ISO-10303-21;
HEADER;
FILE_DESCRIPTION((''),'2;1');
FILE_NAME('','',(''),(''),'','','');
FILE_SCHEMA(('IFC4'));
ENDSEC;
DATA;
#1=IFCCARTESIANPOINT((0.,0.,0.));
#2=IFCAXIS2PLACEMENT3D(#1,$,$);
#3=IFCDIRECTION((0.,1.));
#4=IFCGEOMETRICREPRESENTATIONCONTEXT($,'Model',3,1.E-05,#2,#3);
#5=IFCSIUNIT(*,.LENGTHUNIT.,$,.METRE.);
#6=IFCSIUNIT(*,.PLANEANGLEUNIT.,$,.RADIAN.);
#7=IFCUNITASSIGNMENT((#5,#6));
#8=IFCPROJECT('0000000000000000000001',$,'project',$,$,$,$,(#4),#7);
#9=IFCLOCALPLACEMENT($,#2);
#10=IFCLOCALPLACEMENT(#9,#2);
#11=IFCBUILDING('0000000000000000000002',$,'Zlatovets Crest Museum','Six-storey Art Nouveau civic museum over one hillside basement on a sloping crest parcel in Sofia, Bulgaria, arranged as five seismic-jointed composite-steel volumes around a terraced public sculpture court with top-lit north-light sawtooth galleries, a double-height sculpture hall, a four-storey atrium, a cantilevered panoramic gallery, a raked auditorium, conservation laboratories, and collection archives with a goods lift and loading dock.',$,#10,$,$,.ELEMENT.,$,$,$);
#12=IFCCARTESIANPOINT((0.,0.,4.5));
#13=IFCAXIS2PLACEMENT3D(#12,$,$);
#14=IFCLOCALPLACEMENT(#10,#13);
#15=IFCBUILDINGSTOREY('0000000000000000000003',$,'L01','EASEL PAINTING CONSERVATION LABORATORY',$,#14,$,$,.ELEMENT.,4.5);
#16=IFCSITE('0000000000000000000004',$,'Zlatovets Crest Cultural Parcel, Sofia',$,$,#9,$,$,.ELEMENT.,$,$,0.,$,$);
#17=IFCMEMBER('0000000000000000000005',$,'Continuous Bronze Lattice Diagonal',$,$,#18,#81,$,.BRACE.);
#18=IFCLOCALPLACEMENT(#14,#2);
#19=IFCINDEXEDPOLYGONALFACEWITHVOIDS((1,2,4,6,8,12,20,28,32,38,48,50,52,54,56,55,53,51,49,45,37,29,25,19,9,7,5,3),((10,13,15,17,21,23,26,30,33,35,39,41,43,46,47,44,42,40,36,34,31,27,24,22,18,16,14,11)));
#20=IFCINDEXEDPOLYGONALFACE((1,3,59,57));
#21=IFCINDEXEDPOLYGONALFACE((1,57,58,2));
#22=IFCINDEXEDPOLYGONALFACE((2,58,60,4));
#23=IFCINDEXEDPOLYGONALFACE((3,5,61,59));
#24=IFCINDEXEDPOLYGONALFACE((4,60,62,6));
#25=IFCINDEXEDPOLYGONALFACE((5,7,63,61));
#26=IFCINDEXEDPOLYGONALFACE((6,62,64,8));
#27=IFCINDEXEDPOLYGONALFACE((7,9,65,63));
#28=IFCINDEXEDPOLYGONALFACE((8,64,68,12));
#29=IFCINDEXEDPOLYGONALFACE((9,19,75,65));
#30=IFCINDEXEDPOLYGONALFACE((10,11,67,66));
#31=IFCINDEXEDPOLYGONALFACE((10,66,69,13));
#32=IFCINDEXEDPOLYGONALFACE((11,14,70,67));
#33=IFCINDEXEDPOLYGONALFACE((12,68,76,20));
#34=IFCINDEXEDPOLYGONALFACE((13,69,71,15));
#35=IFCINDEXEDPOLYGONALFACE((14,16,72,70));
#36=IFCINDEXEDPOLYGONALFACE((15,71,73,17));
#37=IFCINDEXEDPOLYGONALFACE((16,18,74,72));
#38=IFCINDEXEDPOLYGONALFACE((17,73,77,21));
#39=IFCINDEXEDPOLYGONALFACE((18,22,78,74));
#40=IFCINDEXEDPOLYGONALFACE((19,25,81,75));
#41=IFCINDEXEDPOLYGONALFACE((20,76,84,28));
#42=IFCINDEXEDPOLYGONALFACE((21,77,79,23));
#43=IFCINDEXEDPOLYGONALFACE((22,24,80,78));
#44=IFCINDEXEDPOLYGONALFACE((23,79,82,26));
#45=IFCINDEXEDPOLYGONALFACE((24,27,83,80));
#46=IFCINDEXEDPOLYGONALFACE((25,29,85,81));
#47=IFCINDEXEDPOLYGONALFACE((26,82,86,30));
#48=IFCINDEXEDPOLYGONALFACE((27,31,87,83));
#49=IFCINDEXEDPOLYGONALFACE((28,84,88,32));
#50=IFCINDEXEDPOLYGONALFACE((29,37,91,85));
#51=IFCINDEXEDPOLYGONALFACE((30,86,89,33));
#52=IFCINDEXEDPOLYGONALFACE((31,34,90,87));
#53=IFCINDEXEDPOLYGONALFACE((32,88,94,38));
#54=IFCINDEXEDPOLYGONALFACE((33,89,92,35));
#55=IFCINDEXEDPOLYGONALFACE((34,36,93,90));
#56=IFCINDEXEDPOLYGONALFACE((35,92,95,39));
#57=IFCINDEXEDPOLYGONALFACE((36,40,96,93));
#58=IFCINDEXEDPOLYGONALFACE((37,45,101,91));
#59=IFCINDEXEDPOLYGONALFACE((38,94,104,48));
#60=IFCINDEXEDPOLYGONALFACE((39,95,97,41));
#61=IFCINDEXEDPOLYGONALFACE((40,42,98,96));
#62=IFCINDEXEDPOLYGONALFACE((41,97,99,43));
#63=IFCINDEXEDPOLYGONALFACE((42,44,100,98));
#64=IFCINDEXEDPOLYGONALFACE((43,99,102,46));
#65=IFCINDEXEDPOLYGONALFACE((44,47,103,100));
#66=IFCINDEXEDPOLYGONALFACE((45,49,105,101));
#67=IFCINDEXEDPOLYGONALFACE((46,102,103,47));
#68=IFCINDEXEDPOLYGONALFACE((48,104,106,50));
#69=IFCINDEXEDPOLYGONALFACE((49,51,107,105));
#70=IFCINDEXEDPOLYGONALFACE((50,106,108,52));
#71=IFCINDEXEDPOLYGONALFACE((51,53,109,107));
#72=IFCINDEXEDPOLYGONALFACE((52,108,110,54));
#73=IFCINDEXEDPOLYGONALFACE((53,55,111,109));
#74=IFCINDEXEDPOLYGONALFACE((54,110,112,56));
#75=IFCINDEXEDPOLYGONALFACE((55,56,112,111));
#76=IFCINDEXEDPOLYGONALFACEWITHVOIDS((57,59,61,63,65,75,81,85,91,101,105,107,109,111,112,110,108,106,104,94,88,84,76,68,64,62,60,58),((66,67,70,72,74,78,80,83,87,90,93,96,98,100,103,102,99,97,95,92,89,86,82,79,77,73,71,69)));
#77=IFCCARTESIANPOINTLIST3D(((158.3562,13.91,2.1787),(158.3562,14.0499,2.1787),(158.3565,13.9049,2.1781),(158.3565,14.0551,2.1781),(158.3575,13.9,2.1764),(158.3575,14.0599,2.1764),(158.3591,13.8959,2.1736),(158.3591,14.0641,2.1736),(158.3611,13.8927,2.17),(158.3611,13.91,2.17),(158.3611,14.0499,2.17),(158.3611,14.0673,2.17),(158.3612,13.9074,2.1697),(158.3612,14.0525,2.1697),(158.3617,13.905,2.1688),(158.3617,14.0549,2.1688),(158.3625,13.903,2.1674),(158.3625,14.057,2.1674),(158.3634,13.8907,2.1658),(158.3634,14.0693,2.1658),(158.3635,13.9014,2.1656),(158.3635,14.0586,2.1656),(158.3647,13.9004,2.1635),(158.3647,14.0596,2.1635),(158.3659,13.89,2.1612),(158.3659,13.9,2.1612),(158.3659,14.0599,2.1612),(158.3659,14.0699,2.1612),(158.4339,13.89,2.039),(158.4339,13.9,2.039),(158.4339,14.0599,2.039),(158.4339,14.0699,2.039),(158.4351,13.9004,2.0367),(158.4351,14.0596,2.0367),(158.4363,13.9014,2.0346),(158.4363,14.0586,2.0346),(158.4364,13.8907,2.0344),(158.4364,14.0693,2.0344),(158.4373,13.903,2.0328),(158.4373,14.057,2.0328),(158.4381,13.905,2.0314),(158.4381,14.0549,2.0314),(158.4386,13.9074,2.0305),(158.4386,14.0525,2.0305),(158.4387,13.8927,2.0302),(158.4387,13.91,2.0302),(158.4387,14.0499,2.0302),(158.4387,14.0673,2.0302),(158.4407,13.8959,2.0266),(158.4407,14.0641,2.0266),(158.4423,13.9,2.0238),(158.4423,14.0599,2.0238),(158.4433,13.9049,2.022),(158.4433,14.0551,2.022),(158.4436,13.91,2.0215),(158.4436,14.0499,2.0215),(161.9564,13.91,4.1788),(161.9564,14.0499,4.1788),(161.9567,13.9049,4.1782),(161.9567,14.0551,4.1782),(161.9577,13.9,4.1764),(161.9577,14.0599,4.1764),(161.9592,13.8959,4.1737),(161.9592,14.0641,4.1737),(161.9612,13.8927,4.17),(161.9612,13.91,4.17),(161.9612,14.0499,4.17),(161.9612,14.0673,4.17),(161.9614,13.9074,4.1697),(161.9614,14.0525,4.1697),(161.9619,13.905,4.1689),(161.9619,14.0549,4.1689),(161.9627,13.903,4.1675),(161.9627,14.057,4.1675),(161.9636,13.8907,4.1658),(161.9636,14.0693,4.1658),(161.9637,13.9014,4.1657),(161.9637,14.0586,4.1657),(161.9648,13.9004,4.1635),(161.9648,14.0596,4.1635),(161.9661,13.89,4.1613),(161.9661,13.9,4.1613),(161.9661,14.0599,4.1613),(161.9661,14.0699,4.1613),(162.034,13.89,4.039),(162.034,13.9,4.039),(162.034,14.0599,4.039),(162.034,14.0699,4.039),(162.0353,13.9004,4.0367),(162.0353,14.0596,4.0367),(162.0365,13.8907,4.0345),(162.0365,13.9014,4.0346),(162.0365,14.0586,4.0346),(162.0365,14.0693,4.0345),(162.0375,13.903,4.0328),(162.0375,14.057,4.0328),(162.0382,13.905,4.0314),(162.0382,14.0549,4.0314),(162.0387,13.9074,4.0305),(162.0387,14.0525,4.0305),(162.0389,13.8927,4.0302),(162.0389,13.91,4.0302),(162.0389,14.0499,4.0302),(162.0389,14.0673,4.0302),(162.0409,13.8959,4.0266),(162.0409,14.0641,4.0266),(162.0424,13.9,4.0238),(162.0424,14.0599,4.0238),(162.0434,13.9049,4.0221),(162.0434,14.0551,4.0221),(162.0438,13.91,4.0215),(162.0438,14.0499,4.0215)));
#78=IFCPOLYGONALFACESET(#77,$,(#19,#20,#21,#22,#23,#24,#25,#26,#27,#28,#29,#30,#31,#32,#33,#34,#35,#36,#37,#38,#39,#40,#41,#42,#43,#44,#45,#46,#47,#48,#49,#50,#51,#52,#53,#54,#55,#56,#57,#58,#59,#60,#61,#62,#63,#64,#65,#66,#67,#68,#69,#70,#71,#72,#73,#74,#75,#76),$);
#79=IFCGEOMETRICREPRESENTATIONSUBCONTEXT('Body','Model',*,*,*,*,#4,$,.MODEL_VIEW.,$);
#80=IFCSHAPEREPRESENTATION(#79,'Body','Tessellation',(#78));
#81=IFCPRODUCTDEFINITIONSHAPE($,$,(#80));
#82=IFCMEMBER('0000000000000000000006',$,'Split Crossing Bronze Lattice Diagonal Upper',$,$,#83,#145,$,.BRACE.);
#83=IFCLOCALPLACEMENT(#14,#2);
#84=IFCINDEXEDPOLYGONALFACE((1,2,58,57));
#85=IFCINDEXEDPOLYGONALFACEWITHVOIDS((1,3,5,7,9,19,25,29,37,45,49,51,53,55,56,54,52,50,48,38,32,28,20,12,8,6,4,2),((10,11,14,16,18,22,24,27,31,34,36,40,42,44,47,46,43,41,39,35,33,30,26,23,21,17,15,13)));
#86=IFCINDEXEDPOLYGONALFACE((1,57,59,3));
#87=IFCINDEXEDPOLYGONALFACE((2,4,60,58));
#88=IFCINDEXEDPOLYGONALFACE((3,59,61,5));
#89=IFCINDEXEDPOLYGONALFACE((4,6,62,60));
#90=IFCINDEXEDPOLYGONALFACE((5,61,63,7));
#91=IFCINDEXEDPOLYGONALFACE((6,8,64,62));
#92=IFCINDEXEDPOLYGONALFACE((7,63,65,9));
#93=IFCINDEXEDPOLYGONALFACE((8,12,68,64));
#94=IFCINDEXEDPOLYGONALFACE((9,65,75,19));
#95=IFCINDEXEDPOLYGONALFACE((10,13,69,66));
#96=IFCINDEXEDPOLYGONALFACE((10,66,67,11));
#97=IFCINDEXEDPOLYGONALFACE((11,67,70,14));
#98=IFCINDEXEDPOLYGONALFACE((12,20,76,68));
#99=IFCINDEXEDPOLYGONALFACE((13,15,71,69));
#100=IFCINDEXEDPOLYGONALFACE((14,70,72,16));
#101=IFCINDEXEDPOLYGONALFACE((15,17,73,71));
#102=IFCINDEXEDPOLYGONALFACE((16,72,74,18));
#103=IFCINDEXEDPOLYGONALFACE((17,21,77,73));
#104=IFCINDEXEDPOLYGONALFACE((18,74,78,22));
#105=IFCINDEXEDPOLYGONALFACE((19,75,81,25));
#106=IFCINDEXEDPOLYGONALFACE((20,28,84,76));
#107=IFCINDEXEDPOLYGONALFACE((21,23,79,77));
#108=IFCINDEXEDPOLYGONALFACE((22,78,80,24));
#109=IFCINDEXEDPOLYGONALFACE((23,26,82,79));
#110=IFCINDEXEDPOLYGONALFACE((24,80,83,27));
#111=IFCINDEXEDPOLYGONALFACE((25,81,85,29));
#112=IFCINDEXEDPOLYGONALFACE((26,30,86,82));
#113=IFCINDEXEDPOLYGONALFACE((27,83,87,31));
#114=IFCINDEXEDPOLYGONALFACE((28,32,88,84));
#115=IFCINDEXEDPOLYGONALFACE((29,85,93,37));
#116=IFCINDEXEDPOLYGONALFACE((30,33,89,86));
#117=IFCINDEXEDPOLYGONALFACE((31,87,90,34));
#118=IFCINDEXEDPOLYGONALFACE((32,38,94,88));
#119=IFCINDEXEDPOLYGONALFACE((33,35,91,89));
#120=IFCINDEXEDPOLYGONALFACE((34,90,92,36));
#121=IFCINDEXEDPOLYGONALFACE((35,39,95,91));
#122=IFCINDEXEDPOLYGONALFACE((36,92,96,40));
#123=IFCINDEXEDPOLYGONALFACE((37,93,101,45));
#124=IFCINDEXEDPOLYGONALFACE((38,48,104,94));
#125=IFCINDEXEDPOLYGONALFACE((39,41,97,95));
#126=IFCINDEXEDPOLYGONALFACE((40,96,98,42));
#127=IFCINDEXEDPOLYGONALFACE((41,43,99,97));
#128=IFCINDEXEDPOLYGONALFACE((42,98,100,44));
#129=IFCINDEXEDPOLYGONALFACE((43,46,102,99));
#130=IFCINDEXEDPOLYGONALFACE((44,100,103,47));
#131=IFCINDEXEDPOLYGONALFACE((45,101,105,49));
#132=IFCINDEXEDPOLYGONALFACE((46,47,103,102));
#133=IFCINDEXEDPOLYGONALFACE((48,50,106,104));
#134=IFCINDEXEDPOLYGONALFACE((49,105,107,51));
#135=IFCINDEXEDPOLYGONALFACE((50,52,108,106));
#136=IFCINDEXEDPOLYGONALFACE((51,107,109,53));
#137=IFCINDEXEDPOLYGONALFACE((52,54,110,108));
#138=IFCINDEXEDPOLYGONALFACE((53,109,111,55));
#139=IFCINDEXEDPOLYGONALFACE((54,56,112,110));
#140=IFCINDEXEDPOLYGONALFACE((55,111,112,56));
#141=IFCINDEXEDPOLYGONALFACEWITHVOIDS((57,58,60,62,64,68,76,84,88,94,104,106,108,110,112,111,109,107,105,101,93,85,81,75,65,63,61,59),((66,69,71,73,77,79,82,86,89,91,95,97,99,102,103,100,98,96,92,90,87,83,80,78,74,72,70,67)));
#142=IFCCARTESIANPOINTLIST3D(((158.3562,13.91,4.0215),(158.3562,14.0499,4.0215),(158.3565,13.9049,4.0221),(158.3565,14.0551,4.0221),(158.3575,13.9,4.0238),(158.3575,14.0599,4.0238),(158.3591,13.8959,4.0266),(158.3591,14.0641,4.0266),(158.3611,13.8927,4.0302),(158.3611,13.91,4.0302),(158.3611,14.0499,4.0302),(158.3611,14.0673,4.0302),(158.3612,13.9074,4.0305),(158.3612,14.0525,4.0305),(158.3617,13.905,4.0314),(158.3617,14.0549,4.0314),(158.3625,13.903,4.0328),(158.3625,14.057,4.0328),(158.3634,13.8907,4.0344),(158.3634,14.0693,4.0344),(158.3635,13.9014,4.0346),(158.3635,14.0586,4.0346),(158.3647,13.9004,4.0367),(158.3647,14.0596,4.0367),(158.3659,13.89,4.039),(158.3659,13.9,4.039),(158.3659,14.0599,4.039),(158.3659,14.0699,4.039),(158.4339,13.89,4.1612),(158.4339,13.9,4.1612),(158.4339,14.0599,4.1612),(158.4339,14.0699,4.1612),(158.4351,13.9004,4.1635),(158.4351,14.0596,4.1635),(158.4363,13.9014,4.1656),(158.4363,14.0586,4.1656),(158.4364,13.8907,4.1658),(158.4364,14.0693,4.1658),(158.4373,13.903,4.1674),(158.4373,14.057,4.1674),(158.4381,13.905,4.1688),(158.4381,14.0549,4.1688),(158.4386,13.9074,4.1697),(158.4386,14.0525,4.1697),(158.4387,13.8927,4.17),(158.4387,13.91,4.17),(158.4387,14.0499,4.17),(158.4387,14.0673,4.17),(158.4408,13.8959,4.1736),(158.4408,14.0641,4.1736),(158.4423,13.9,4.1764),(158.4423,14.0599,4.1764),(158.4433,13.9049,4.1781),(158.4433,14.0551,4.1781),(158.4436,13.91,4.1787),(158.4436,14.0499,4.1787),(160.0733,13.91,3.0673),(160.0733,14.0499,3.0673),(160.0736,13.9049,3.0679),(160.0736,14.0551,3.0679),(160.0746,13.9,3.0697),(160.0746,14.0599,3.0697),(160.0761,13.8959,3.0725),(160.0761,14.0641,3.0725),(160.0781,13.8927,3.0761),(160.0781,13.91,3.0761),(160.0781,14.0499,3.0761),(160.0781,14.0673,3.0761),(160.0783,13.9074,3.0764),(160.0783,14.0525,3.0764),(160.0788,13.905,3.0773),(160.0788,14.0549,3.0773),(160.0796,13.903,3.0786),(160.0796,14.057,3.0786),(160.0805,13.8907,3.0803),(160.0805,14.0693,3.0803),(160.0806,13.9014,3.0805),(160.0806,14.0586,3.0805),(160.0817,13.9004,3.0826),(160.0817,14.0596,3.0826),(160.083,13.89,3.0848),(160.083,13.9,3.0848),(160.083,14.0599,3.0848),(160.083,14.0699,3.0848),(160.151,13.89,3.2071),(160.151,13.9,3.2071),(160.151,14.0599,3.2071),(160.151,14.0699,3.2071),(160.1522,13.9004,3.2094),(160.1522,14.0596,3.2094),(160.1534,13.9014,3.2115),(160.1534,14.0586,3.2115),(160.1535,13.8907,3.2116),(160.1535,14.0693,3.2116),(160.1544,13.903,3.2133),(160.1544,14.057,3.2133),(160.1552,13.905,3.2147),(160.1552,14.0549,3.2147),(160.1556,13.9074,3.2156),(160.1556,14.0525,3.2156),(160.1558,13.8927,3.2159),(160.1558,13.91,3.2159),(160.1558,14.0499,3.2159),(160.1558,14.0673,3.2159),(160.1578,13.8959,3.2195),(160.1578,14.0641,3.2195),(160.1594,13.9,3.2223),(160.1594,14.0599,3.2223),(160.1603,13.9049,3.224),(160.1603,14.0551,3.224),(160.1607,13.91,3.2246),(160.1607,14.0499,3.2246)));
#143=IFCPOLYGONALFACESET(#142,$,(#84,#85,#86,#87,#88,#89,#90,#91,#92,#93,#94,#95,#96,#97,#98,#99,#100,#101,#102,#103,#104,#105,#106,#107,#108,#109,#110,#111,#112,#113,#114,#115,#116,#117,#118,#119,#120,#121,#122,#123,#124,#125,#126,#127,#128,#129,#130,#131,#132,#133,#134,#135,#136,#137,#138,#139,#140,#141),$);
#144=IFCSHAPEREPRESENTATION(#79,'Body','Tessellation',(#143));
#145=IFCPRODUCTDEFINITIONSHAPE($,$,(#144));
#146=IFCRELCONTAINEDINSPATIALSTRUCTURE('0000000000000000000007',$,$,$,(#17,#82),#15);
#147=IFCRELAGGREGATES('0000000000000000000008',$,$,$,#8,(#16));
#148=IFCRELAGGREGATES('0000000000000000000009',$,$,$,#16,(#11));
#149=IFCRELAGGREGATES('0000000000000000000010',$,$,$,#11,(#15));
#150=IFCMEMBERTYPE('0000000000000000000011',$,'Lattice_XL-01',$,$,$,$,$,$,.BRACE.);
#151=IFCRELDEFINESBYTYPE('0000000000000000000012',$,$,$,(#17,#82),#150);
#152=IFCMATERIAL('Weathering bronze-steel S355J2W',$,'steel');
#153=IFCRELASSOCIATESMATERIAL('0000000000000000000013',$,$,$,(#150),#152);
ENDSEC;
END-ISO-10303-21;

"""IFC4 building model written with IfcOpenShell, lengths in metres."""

from ifc_helpers import new_model, si_unit, direction, frame, origin, origin_2d, place, context, subcontext, project, spatial, hollow_rectangle, extrude, material, material_profile, profile_set, type_object, element, save


model = new_model("IFC4")

# Units and contexts
model_context = context("Model", 3, precision=1e-05, world=origin(), true_north=direction((0.0, 1.0)))
body_context = subcontext(model_context, "Body", "Model", "MODEL_VIEW")
ifc_project = project(units=[si_unit("LENGTHUNIT", "METRE"), si_unit("PLANEANGLEUNIT", "RADIAN")], contexts=[model_context])

# Site, building, storey
site_placement = place(None, origin())
site = spatial("IfcSite", under=ifc_project, at=site_placement, Name="Zlatovets Crest Cultural Parcel, Sofia", CompositionType="ELEMENT", RefElevation=0.0)
building_placement = place(site_placement, origin())
building = spatial("IfcBuilding", under=site, at=building_placement, Name="Zlatovets Crest Museum", Description="Six-storey Art Nouveau civic museum over one hillside basement on a sloping crest parcel in Sofia, Bulgaria, arranged as five seismic-jointed composite-steel volumes around a terraced public sculpture court with top-lit north-light sawtooth galleries, a double-height sculpture hall, a four-storey atrium, a cantilevered panoramic gallery, a raked auditorium, conservation laboratories, and collection archives with a goods lift and loading dock.", CompositionType="ELEMENT")
storey_placement = place(building_placement, frame((0.0, 0.0, 4.5)))
storey = spatial("IfcBuildingStorey", under=building, at=storey_placement, Name="L01", Description="EASEL PAINTING CONSERVATION LABORATORY", CompositionType="ELEMENT", Elevation=4.5)

# Members
ifc_material_1 = material(Name="Weathering bronze-steel S355J2W", Category="steel")
ifc_material_profile_1 = material_profile(ifc_material_1, hollow_rectangle(XDim=0.1799, YDim=0.1799, WallThickness=0.01, InnerFilletRadius=0.01, OuterFilletRadius=0.02, at=origin_2d()), Name="SHS 180x180x10.0")
ifc_profile_set_1 = profile_set([ifc_material_profile_1], Name="Weathering bronze-steel S355J2W")
member_type_1 = type_object("IfcMemberType", Name="Lattice_XL-01", PredefinedType="BRACE", material=ifc_profile_set_1)
member_1_placement = place(storey_placement, frame((158.3999, 13.98, 2.1001), z_axis=(0.874163, 0.0, 0.485633), x_axis=(0.0, 1.0, 0.0)))
element("IfcMember", 1, at=member_1_placement, inside=storey, type_object=member_type_1, Name="Continuous Bronze Lattice Diagonal", PredefinedType="BRACE", context=body_context, shape_type="SweptSolid", body=[
    extrude(hollow_rectangle(XDim=0.1799, YDim=0.1799, WallThickness=0.01, InnerFilletRadius=0.01, OuterFilletRadius=0.02, at=origin_2d()), origin(), (0.0, 0.0, 1.0), 4.1184),
])
member_2_placement = place(storey_placement, frame((158.3999, 13.98, 4.1001), z_axis=(0.874116, 0.0, -0.485717), x_axis=(0.0, 1.0, 0.0)))
element("IfcMember", 2, at=member_2_placement, inside=storey, type_object=member_type_1, Name="Split Crossing Bronze Lattice Diagonal Upper", PredefinedType="BRACE", context=body_context, shape_type="SweptSolid", body=[
    extrude(hollow_rectangle(XDim=0.1799, YDim=0.1799, WallThickness=0.01, InnerFilletRadius=0.01, OuterFilletRadius=0.02, at=origin_2d()), origin(), (0.0, 0.0, 1.0), 1.9644),
])

save(model, "model.ifc")
